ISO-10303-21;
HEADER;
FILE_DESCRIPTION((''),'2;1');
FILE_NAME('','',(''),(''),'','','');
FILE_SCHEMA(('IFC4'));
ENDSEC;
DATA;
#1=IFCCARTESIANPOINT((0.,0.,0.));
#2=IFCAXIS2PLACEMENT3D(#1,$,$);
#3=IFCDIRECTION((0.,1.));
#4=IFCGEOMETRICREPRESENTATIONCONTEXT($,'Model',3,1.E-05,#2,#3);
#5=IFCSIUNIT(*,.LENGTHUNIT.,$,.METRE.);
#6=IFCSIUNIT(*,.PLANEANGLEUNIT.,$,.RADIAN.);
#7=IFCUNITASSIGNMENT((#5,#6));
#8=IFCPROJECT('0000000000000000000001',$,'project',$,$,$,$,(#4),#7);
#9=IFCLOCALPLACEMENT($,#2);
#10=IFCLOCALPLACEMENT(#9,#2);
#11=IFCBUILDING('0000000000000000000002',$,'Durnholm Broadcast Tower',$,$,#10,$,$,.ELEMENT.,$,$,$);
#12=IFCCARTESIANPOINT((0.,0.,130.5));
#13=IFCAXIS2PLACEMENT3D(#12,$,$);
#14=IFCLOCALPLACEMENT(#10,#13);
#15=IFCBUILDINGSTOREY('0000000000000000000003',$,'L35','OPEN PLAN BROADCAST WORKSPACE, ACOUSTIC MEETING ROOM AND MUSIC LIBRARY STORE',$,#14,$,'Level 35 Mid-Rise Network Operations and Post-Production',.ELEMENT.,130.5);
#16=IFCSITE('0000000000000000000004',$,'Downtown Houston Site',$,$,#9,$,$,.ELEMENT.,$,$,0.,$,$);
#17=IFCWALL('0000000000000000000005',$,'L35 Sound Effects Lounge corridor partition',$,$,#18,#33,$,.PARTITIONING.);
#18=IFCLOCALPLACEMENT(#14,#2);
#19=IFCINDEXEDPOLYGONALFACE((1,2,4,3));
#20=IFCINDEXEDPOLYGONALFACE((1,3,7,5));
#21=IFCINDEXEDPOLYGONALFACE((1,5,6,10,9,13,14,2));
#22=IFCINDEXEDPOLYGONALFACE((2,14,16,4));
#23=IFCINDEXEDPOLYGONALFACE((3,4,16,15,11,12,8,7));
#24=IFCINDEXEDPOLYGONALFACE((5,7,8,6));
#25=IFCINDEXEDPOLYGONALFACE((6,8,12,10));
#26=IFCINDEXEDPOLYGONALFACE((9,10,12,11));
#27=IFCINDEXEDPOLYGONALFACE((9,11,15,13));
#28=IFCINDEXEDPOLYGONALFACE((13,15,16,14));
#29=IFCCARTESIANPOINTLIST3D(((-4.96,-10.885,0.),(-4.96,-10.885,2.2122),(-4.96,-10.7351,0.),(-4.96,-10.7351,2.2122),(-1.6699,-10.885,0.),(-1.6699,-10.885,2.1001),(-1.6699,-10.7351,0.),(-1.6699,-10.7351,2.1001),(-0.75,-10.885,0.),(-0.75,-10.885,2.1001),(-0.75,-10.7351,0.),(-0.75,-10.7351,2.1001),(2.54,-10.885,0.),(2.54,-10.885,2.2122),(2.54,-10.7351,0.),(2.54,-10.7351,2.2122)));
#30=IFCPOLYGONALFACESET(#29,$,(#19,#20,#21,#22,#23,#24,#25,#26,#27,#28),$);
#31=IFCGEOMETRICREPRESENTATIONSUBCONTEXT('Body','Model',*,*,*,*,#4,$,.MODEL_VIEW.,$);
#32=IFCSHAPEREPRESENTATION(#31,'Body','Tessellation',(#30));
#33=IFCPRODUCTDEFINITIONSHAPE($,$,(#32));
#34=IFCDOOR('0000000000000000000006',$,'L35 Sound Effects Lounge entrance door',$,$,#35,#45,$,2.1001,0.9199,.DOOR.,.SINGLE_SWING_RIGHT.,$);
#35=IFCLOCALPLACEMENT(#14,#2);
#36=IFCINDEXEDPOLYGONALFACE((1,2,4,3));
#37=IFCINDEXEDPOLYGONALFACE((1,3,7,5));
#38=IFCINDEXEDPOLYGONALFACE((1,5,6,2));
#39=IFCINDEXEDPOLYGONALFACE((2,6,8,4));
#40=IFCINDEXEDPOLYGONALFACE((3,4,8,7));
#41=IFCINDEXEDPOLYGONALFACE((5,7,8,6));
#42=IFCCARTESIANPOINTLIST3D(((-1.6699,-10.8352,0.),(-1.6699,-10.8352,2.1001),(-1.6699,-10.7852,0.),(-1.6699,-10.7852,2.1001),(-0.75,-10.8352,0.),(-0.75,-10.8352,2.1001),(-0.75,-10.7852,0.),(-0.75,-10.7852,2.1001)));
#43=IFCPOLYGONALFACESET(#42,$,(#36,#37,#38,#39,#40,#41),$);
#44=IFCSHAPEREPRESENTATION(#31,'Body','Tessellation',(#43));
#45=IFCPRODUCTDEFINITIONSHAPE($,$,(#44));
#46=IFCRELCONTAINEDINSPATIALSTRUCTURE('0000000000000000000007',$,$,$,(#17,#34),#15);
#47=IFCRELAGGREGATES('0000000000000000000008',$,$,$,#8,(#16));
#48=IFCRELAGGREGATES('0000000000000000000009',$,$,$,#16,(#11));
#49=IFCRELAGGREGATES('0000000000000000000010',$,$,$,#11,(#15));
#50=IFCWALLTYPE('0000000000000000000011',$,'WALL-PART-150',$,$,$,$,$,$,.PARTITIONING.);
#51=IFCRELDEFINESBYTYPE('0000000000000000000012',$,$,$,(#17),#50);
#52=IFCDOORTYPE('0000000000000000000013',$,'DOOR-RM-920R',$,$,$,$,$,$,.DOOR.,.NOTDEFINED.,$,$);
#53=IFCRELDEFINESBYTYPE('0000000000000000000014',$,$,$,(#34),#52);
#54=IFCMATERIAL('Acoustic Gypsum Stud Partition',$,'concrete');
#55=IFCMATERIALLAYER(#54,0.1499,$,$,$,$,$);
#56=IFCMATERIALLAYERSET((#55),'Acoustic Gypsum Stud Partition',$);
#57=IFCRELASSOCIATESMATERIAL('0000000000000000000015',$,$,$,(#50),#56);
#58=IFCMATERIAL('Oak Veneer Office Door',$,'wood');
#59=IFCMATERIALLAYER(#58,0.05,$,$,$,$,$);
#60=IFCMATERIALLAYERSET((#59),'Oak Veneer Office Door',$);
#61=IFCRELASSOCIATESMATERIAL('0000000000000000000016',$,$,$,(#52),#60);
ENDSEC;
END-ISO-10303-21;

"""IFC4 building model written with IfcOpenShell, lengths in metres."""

from ifc_helpers import new_model, si_unit, direction, frame, frame_2d, origin, place, context, subcontext, project, spatial, rectangle, extrude, source, transform, mapped, material, layer, layer_set, type_object, type_shapes, element, fill, save


model = new_model("IFC4")

# Units and contexts
model_context = context("Model", 3, precision=1e-05, world=origin(), true_north=direction((0.0, 1.0)))
body_context = subcontext(model_context, "Body", "Model", "MODEL_VIEW")
ifc_project = project(units=[si_unit("LENGTHUNIT", "METRE"), si_unit("PLANEANGLEUNIT", "RADIAN")], contexts=[model_context])

# Site, building, storey
site_placement = place(None, origin())
site = spatial("IfcSite", under=ifc_project, at=site_placement, Name="Downtown Houston Site", CompositionType="ELEMENT", RefElevation=0.0)
building_placement = place(site_placement, origin())
building = spatial("IfcBuilding", under=site, at=building_placement, Name="Durnholm Broadcast Tower", CompositionType="ELEMENT")
storey_placement = place(building_placement, frame((0.0, 0.0, 130.5)))
storey = spatial("IfcBuildingStorey", under=building, at=storey_placement, Name="L35", Description="OPEN PLAN BROADCAST WORKSPACE, ACOUSTIC MEETING ROOM AND MUSIC LIBRARY STORE", LongName="Level 35 Mid-Rise Network Operations and Post-Production", CompositionType="ELEMENT", Elevation=130.5)

# Wall, opening, door
ifc_material_1 = material(Name="Acoustic Gypsum Stud Partition", Category="concrete")
ifc_layer_1 = layer(ifc_material_1, 0.1499)
ifc_layer_set_1 = layer_set([ifc_layer_1], Name="Acoustic Gypsum Stud Partition")
wall_type_1 = type_object("IfcWallType", Name="WALL-PART-150", PredefinedType="PARTITIONING", material=ifc_layer_set_1)
wall_1_placement = place(storey_placement, frame((-4.96, -10.8101, 0.0), z_axis=(0.0, 0.0, 1.0), x_axis=(1.0, 0.0, 0.0)))
wall_1 = element("IfcWall", 1, at=wall_1_placement, inside=storey, type_object=wall_type_1, Name="L35 Sound Effects Lounge corridor partition", PredefinedType="PARTITIONING", context=body_context, shape_type="SweptSolid", body=[
    extrude(rectangle(XDim=7.5, YDim=0.1499, at=frame_2d((3.75, 0.0))), origin(), (0.0, 0.0, 1.0), 2.2122),
])
opening_1_placement = place(wall_1_placement, frame((3.29, 0.0, 0.0)))
opening_1 = element("IfcOpeningElement", 2, at=opening_1_placement, cuts=wall_1, PredefinedType="OPENING", context=body_context, shape_type="SweptSolid", body=[
    extrude(rectangle(XDim=0.9199, YDim=2.1001, at=frame_2d((0.46, 1.05))), frame((0.0, 0.085, 0.0), z_axis=(0.0, -1.0, 0.0), x_axis=(1.0, 0.0, 0.0)), (0.0, 0.0, 1.0), 0.1699),
])
ifc_material_2 = material(Name="Oak Veneer Office Door", Category="wood")
ifc_layer_2 = layer(ifc_material_2, 0.05)
ifc_layer_set_2 = layer_set([ifc_layer_2], Name="Oak Veneer Office Door")
door_type_1 = type_object("IfcDoorType", Name="DOOR-RM-920R", OperationType="NOTDEFINED", PredefinedType="DOOR", material=ifc_layer_set_2)
shared_shape_1 = source(origin(), body_context, "Body", "SweptSolid", [
    extrude(rectangle(XDim=0.9199, YDim=2.1001, at=frame_2d((0.46, 1.05))), frame((0.0, 0.0249, 0.0), z_axis=(0.0, -1.0, 0.0), x_axis=(1.0, 0.0, 0.0)), (0.0, 0.0, 1.0), 0.05),
])
type_shapes(door_type_1, [shared_shape_1])
door_1_placement = place(opening_1_placement, origin())
door_1 = element("IfcDoor", 3, at=door_1_placement, inside=storey, type_object=door_type_1, Name="L35 Sound Effects Lounge entrance door", OperationType="SINGLE_SWING_RIGHT", OverallHeight=2.1001, OverallWidth=0.9199, PredefinedType="DOOR", context=body_context, shape_type="MappedRepresentation", body=[
    mapped(shared_shape_1, transform((0.0, 0.0, 0.0), x_axis=(1.0, 0.0, 0.0), y_axis=(0.0, 1.0, 0.0), z_axis=(0.0, 0.0, 1.0), scale=1.0)),
])
fill(opening_1, door_1)

save(model, "model.ifc")
